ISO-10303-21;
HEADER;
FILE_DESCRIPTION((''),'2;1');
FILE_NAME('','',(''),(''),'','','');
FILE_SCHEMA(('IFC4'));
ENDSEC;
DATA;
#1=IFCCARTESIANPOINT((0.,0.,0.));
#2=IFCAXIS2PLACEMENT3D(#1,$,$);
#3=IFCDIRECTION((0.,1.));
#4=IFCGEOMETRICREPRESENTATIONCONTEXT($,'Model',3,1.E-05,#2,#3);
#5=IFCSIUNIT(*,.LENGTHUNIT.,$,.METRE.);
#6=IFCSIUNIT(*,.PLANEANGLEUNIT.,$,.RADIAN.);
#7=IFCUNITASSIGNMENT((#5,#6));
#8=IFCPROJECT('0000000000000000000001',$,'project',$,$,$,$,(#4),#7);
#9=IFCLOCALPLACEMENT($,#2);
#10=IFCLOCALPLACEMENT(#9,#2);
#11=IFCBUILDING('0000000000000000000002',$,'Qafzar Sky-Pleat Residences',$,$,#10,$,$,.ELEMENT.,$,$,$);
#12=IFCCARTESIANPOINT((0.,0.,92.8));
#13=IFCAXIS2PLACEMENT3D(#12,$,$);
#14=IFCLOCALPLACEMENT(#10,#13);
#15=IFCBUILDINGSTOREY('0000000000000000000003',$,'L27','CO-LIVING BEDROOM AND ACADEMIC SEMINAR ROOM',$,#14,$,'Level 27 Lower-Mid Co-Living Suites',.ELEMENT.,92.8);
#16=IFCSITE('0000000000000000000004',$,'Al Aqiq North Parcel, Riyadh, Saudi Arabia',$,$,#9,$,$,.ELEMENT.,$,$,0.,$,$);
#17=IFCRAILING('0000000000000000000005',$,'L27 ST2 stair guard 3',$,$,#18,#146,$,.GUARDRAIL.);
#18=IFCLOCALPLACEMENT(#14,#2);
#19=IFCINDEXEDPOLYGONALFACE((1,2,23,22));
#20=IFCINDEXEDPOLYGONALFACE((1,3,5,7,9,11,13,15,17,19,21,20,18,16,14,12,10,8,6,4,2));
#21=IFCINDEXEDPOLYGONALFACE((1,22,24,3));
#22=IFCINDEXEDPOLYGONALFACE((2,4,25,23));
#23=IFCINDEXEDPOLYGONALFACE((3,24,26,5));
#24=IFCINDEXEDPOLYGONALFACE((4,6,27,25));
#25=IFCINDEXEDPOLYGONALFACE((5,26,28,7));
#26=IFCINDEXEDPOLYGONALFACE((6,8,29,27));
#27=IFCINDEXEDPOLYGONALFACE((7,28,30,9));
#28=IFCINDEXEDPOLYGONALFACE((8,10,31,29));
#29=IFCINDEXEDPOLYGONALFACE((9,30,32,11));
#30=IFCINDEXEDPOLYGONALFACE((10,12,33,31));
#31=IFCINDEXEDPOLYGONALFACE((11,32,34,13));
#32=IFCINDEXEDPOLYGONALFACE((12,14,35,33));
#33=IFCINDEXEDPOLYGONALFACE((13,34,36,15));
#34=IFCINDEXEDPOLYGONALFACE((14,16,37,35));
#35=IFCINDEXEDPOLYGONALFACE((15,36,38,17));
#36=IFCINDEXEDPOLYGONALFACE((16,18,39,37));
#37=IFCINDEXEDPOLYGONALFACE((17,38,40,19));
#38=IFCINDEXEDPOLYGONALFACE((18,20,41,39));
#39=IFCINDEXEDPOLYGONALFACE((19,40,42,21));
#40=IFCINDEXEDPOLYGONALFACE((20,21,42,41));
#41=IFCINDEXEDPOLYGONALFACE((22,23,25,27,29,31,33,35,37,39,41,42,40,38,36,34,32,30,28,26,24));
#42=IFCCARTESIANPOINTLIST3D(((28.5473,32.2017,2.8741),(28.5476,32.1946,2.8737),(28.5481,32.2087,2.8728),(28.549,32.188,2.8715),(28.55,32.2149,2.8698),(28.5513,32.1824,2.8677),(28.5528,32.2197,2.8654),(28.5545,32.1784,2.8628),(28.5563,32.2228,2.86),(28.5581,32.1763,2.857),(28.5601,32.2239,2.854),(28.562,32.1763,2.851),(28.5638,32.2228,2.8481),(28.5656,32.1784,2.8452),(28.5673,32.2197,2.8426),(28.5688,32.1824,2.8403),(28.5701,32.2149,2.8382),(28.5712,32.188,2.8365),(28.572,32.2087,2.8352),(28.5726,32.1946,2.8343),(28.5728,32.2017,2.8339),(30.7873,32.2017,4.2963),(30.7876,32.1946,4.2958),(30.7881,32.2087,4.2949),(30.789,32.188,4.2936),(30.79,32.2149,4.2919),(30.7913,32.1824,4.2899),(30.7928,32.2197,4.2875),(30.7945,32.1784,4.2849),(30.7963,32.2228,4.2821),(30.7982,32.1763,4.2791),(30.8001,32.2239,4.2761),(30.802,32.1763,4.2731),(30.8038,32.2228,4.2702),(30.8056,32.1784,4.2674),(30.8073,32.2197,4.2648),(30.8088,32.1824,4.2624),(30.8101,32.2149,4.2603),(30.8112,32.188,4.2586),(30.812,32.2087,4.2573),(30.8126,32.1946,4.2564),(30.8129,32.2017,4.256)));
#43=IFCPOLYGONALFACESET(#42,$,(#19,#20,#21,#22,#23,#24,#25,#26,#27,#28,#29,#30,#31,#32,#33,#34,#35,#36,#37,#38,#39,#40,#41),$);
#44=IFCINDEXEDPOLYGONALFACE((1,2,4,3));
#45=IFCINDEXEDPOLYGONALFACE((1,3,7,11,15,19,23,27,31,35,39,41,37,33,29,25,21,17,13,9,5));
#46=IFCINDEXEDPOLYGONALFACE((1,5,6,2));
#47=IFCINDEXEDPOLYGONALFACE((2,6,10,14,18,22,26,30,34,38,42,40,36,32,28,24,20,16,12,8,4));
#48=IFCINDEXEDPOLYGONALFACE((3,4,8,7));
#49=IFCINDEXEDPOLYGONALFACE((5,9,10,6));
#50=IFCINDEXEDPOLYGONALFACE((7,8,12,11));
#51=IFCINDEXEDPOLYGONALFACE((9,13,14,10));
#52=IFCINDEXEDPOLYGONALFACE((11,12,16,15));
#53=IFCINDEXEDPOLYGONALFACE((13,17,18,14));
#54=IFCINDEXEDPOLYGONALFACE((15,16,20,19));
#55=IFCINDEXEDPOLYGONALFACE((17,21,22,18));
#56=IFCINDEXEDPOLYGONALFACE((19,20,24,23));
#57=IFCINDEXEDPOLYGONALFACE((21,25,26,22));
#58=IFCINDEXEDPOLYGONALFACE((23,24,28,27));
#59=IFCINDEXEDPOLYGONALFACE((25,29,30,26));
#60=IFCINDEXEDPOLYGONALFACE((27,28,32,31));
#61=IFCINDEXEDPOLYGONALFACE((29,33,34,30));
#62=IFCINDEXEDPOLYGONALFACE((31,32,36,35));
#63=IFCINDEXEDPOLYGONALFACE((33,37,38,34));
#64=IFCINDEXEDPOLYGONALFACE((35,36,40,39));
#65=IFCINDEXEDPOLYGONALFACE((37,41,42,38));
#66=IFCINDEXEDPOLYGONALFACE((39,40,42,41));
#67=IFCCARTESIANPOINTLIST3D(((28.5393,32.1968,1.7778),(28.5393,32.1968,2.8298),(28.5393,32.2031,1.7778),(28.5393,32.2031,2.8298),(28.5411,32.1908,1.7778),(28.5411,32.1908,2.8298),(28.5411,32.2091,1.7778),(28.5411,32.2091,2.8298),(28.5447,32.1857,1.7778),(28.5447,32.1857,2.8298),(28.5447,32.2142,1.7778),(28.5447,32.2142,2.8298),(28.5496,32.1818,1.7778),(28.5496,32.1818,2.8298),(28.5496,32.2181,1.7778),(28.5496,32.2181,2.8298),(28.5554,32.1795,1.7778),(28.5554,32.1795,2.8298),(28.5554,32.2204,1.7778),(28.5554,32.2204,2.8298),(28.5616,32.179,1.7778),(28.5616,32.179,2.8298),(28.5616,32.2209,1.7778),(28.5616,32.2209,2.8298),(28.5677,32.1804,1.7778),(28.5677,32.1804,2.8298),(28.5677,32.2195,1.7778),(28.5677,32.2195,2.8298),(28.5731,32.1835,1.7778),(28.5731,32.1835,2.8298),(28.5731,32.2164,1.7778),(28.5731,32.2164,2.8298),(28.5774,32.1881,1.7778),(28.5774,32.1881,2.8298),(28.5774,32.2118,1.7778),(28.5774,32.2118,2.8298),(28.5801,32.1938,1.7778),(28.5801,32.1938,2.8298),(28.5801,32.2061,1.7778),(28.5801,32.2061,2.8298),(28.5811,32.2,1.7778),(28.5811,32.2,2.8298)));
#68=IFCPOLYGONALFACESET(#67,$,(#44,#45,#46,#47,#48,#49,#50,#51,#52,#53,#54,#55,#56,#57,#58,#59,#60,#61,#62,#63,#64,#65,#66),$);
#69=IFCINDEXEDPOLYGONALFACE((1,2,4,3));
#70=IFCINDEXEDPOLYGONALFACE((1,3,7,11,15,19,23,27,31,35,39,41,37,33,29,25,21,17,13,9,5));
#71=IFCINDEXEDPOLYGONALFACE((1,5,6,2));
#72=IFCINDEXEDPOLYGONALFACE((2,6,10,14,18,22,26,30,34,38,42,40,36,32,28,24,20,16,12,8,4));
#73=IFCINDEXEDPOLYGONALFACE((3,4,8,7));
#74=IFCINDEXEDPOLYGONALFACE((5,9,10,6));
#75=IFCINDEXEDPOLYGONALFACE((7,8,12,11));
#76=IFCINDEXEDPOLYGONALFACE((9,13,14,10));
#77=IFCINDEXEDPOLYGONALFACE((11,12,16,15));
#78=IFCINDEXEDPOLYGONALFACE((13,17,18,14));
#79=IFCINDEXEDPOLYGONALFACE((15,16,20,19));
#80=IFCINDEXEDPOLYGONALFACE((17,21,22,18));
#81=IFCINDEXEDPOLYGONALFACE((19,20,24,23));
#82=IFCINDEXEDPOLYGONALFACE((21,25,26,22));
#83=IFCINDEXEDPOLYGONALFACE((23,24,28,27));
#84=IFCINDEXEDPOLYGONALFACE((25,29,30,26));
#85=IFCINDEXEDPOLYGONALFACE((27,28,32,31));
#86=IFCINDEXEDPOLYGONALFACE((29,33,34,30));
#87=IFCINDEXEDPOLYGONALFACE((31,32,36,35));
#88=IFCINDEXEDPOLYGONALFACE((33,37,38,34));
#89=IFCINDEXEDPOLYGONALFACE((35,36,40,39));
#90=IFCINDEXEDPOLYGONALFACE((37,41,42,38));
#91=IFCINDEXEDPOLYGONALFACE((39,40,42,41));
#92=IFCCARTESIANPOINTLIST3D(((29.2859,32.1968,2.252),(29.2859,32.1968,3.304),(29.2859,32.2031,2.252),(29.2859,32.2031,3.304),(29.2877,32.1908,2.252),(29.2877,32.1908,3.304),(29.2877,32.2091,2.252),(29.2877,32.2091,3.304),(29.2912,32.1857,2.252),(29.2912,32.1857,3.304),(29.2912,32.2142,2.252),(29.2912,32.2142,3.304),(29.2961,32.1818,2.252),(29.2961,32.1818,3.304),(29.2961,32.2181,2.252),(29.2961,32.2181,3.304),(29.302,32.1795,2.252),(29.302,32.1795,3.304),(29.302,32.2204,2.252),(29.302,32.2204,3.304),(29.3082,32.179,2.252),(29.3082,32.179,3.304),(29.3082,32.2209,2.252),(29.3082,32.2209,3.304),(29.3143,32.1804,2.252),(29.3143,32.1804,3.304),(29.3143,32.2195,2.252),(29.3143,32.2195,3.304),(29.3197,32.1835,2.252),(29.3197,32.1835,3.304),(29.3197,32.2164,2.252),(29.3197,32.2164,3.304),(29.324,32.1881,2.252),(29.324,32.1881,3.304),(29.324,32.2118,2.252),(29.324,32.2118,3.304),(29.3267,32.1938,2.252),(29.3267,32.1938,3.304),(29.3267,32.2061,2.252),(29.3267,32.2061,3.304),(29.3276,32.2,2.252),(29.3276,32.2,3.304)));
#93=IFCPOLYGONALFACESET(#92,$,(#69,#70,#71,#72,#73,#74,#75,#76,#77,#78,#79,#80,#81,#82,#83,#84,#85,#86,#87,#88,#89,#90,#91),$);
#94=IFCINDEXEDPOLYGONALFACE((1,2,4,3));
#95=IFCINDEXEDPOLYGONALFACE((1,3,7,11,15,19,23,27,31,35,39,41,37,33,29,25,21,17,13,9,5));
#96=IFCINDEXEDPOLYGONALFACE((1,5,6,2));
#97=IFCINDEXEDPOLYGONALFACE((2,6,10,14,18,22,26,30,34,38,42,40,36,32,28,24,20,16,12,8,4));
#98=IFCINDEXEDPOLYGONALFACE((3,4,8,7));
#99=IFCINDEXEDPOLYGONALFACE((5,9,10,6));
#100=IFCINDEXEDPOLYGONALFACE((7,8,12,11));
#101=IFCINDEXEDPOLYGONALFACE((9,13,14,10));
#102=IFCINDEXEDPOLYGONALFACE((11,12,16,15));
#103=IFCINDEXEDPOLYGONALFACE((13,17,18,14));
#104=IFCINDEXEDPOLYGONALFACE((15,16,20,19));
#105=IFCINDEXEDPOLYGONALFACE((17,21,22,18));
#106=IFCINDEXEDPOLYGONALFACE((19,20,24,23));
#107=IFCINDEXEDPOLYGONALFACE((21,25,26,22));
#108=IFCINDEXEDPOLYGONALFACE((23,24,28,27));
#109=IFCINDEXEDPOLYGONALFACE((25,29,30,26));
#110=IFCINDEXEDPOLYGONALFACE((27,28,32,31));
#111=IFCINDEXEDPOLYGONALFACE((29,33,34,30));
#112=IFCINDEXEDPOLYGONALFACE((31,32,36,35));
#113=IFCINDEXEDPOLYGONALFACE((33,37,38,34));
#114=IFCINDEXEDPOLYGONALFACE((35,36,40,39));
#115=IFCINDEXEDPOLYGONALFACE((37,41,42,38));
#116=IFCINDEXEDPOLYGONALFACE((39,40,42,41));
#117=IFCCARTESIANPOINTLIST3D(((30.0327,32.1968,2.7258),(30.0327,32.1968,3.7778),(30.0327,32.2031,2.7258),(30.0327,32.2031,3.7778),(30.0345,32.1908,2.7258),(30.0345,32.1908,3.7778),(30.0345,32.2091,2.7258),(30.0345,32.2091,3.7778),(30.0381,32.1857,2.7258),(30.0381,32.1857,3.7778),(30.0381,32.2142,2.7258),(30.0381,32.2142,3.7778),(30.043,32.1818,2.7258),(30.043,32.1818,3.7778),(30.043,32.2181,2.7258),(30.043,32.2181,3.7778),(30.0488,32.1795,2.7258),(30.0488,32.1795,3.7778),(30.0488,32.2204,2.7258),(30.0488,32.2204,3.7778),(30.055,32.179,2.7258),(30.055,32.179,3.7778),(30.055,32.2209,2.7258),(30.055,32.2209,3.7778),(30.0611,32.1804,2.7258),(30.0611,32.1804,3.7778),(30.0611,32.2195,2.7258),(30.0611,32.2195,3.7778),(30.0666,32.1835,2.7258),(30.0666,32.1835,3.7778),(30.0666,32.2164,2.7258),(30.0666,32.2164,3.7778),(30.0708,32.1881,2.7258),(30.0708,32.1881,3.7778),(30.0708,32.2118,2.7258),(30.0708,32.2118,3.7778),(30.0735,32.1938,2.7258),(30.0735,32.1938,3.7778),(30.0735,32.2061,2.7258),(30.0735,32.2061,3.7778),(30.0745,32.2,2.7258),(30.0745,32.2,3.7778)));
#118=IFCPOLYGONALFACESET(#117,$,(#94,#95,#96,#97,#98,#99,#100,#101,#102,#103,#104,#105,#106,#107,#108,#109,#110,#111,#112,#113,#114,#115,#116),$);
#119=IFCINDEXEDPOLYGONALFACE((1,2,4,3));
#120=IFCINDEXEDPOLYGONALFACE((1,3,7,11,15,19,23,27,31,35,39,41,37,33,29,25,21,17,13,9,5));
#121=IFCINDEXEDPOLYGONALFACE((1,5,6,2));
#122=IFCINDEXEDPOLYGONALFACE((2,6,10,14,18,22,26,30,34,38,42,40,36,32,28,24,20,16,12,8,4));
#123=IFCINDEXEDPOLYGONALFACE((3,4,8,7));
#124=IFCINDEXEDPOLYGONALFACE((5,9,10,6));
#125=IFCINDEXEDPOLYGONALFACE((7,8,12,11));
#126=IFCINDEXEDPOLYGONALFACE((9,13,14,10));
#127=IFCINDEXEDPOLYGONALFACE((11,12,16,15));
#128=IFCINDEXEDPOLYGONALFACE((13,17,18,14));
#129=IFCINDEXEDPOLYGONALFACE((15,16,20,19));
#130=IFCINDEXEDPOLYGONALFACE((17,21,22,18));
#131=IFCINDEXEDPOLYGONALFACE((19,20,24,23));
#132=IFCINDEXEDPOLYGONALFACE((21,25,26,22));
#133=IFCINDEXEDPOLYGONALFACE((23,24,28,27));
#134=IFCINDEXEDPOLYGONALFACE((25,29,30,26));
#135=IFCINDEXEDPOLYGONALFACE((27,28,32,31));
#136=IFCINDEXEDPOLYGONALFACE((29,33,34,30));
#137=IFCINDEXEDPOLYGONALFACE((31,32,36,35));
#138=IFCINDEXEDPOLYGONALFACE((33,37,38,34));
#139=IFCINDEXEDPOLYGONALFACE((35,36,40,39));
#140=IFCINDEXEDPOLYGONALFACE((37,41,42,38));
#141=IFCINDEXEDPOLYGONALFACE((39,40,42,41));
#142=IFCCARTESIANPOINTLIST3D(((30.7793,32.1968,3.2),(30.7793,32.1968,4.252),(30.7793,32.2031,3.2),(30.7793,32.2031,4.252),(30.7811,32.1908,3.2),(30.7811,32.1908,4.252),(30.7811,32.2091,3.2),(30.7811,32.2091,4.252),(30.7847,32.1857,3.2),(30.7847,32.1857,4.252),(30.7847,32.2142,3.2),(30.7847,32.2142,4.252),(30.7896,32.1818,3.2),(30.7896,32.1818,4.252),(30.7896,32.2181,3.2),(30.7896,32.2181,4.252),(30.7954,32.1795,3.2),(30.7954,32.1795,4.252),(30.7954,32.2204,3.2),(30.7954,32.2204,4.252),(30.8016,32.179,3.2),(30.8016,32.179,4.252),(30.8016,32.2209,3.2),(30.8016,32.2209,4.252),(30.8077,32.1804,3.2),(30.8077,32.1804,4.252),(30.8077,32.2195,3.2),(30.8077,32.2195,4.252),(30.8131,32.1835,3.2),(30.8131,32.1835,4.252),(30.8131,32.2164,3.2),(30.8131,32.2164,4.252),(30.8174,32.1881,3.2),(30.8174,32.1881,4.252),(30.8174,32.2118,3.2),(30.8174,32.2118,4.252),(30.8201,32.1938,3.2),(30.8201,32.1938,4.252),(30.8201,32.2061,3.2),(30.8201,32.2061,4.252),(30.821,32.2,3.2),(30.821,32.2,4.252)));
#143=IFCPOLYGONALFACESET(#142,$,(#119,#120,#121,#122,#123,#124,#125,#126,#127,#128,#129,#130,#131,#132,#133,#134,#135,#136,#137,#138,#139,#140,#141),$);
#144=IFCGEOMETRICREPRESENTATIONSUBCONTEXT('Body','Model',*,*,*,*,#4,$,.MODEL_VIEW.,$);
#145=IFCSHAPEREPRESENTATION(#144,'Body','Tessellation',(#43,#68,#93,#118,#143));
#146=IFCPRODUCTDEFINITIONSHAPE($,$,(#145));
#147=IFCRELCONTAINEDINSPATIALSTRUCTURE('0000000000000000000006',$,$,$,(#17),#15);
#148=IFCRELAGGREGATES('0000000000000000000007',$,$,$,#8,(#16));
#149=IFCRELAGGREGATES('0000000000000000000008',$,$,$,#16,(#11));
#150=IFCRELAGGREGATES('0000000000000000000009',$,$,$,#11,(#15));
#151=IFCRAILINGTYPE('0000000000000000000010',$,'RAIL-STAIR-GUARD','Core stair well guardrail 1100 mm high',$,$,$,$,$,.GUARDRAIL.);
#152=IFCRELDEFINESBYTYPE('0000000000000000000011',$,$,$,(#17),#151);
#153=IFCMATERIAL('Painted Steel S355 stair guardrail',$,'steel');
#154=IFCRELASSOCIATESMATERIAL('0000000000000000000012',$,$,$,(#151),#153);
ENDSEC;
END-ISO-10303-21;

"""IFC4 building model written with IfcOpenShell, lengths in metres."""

from ifc_helpers import new_model, si_unit, direction, frame, origin, origin_2d, place, context, subcontext, project, spatial, circle, extrude, source, transform, mapped, material, type_object, element, save


model = new_model("IFC4")

# Units and contexts
model_context = context("Model", 3, precision=1e-05, world=origin(), true_north=direction((0.0, 1.0)))
body_context = subcontext(model_context, "Body", "Model", "MODEL_VIEW")
ifc_project = project(units=[si_unit("LENGTHUNIT", "METRE"), si_unit("PLANEANGLEUNIT", "RADIAN")], contexts=[model_context])

# Site, building, storey
site_placement = place(None, origin())
site = spatial("IfcSite", under=ifc_project, at=site_placement, Name="Al Aqiq North Parcel, Riyadh, Saudi Arabia", CompositionType="ELEMENT", RefElevation=0.0)
building_placement = place(site_placement, origin())
building = spatial("IfcBuilding", under=site, at=building_placement, Name="Qafzar Sky-Pleat Residences", CompositionType="ELEMENT")
storey_placement = place(building_placement, frame((0.0, 0.0, 92.8)))
storey = spatial("IfcBuildingStorey", under=building, at=storey_placement, Name="L27", Description="CO-LIVING BEDROOM AND ACADEMIC SEMINAR ROOM", LongName="Level 27 Lower-Mid Co-Living Suites", CompositionType="ELEMENT", Elevation=92.8)

# Railing
ifc_material_1 = material(Name="Painted Steel S355 stair guardrail", Category="steel")
railing_type_1 = type_object("IfcRailingType", Name="RAIL-STAIR-GUARD", Description="Core stair well guardrail 1100 mm high", PredefinedType="GUARDRAIL", material=ifc_material_1)
shared_shape_1 = source(origin(), body_context, "Body", "SweptSolid", [
    extrude(circle(Radius=0.0239, at=origin_2d()), frame((0.0, 0.0, 1.0762), z_axis=(0.844229, 0.0, 0.535982), x_axis=(0.0, 1.0, 0.0)), (0.0, 0.0, 1.0), 2.6533),
    extrude(circle(Radius=0.021, at=origin_2d()), origin(), (0.0, 0.0, 1.0), 1.052),
    extrude(circle(Radius=0.021, at=origin_2d()), frame((0.7466, 0.0, 0.4741)), (0.0, 0.0, 1.0), 1.052),
    extrude(circle(Radius=0.021, at=origin_2d()), frame((1.4934, 0.0, 0.948)), (0.0, 0.0, 1.0), 1.052),
    extrude(circle(Radius=0.021, at=origin_2d()), frame((2.24, 0.0, 1.4221)), (0.0, 0.0, 1.0), 1.052),
])
railing_1_placement = place(storey_placement, frame((28.5601, 32.2, 1.7778)))
element("IfcRailing", 1, at=railing_1_placement, inside=storey, type_object=railing_type_1, Name="L27 ST2 stair guard 3", PredefinedType="GUARDRAIL", context=body_context, shape_type="MappedRepresentation", body=[
    mapped(shared_shape_1, transform((0.0, 0.0, 0.0), x_axis=(1.0, 0.0, 0.0), y_axis=(0.0, 1.0, 0.0), z_axis=(0.0, 0.0, 1.0), scale=1.0)),
])

save(model, "model.ifc")
